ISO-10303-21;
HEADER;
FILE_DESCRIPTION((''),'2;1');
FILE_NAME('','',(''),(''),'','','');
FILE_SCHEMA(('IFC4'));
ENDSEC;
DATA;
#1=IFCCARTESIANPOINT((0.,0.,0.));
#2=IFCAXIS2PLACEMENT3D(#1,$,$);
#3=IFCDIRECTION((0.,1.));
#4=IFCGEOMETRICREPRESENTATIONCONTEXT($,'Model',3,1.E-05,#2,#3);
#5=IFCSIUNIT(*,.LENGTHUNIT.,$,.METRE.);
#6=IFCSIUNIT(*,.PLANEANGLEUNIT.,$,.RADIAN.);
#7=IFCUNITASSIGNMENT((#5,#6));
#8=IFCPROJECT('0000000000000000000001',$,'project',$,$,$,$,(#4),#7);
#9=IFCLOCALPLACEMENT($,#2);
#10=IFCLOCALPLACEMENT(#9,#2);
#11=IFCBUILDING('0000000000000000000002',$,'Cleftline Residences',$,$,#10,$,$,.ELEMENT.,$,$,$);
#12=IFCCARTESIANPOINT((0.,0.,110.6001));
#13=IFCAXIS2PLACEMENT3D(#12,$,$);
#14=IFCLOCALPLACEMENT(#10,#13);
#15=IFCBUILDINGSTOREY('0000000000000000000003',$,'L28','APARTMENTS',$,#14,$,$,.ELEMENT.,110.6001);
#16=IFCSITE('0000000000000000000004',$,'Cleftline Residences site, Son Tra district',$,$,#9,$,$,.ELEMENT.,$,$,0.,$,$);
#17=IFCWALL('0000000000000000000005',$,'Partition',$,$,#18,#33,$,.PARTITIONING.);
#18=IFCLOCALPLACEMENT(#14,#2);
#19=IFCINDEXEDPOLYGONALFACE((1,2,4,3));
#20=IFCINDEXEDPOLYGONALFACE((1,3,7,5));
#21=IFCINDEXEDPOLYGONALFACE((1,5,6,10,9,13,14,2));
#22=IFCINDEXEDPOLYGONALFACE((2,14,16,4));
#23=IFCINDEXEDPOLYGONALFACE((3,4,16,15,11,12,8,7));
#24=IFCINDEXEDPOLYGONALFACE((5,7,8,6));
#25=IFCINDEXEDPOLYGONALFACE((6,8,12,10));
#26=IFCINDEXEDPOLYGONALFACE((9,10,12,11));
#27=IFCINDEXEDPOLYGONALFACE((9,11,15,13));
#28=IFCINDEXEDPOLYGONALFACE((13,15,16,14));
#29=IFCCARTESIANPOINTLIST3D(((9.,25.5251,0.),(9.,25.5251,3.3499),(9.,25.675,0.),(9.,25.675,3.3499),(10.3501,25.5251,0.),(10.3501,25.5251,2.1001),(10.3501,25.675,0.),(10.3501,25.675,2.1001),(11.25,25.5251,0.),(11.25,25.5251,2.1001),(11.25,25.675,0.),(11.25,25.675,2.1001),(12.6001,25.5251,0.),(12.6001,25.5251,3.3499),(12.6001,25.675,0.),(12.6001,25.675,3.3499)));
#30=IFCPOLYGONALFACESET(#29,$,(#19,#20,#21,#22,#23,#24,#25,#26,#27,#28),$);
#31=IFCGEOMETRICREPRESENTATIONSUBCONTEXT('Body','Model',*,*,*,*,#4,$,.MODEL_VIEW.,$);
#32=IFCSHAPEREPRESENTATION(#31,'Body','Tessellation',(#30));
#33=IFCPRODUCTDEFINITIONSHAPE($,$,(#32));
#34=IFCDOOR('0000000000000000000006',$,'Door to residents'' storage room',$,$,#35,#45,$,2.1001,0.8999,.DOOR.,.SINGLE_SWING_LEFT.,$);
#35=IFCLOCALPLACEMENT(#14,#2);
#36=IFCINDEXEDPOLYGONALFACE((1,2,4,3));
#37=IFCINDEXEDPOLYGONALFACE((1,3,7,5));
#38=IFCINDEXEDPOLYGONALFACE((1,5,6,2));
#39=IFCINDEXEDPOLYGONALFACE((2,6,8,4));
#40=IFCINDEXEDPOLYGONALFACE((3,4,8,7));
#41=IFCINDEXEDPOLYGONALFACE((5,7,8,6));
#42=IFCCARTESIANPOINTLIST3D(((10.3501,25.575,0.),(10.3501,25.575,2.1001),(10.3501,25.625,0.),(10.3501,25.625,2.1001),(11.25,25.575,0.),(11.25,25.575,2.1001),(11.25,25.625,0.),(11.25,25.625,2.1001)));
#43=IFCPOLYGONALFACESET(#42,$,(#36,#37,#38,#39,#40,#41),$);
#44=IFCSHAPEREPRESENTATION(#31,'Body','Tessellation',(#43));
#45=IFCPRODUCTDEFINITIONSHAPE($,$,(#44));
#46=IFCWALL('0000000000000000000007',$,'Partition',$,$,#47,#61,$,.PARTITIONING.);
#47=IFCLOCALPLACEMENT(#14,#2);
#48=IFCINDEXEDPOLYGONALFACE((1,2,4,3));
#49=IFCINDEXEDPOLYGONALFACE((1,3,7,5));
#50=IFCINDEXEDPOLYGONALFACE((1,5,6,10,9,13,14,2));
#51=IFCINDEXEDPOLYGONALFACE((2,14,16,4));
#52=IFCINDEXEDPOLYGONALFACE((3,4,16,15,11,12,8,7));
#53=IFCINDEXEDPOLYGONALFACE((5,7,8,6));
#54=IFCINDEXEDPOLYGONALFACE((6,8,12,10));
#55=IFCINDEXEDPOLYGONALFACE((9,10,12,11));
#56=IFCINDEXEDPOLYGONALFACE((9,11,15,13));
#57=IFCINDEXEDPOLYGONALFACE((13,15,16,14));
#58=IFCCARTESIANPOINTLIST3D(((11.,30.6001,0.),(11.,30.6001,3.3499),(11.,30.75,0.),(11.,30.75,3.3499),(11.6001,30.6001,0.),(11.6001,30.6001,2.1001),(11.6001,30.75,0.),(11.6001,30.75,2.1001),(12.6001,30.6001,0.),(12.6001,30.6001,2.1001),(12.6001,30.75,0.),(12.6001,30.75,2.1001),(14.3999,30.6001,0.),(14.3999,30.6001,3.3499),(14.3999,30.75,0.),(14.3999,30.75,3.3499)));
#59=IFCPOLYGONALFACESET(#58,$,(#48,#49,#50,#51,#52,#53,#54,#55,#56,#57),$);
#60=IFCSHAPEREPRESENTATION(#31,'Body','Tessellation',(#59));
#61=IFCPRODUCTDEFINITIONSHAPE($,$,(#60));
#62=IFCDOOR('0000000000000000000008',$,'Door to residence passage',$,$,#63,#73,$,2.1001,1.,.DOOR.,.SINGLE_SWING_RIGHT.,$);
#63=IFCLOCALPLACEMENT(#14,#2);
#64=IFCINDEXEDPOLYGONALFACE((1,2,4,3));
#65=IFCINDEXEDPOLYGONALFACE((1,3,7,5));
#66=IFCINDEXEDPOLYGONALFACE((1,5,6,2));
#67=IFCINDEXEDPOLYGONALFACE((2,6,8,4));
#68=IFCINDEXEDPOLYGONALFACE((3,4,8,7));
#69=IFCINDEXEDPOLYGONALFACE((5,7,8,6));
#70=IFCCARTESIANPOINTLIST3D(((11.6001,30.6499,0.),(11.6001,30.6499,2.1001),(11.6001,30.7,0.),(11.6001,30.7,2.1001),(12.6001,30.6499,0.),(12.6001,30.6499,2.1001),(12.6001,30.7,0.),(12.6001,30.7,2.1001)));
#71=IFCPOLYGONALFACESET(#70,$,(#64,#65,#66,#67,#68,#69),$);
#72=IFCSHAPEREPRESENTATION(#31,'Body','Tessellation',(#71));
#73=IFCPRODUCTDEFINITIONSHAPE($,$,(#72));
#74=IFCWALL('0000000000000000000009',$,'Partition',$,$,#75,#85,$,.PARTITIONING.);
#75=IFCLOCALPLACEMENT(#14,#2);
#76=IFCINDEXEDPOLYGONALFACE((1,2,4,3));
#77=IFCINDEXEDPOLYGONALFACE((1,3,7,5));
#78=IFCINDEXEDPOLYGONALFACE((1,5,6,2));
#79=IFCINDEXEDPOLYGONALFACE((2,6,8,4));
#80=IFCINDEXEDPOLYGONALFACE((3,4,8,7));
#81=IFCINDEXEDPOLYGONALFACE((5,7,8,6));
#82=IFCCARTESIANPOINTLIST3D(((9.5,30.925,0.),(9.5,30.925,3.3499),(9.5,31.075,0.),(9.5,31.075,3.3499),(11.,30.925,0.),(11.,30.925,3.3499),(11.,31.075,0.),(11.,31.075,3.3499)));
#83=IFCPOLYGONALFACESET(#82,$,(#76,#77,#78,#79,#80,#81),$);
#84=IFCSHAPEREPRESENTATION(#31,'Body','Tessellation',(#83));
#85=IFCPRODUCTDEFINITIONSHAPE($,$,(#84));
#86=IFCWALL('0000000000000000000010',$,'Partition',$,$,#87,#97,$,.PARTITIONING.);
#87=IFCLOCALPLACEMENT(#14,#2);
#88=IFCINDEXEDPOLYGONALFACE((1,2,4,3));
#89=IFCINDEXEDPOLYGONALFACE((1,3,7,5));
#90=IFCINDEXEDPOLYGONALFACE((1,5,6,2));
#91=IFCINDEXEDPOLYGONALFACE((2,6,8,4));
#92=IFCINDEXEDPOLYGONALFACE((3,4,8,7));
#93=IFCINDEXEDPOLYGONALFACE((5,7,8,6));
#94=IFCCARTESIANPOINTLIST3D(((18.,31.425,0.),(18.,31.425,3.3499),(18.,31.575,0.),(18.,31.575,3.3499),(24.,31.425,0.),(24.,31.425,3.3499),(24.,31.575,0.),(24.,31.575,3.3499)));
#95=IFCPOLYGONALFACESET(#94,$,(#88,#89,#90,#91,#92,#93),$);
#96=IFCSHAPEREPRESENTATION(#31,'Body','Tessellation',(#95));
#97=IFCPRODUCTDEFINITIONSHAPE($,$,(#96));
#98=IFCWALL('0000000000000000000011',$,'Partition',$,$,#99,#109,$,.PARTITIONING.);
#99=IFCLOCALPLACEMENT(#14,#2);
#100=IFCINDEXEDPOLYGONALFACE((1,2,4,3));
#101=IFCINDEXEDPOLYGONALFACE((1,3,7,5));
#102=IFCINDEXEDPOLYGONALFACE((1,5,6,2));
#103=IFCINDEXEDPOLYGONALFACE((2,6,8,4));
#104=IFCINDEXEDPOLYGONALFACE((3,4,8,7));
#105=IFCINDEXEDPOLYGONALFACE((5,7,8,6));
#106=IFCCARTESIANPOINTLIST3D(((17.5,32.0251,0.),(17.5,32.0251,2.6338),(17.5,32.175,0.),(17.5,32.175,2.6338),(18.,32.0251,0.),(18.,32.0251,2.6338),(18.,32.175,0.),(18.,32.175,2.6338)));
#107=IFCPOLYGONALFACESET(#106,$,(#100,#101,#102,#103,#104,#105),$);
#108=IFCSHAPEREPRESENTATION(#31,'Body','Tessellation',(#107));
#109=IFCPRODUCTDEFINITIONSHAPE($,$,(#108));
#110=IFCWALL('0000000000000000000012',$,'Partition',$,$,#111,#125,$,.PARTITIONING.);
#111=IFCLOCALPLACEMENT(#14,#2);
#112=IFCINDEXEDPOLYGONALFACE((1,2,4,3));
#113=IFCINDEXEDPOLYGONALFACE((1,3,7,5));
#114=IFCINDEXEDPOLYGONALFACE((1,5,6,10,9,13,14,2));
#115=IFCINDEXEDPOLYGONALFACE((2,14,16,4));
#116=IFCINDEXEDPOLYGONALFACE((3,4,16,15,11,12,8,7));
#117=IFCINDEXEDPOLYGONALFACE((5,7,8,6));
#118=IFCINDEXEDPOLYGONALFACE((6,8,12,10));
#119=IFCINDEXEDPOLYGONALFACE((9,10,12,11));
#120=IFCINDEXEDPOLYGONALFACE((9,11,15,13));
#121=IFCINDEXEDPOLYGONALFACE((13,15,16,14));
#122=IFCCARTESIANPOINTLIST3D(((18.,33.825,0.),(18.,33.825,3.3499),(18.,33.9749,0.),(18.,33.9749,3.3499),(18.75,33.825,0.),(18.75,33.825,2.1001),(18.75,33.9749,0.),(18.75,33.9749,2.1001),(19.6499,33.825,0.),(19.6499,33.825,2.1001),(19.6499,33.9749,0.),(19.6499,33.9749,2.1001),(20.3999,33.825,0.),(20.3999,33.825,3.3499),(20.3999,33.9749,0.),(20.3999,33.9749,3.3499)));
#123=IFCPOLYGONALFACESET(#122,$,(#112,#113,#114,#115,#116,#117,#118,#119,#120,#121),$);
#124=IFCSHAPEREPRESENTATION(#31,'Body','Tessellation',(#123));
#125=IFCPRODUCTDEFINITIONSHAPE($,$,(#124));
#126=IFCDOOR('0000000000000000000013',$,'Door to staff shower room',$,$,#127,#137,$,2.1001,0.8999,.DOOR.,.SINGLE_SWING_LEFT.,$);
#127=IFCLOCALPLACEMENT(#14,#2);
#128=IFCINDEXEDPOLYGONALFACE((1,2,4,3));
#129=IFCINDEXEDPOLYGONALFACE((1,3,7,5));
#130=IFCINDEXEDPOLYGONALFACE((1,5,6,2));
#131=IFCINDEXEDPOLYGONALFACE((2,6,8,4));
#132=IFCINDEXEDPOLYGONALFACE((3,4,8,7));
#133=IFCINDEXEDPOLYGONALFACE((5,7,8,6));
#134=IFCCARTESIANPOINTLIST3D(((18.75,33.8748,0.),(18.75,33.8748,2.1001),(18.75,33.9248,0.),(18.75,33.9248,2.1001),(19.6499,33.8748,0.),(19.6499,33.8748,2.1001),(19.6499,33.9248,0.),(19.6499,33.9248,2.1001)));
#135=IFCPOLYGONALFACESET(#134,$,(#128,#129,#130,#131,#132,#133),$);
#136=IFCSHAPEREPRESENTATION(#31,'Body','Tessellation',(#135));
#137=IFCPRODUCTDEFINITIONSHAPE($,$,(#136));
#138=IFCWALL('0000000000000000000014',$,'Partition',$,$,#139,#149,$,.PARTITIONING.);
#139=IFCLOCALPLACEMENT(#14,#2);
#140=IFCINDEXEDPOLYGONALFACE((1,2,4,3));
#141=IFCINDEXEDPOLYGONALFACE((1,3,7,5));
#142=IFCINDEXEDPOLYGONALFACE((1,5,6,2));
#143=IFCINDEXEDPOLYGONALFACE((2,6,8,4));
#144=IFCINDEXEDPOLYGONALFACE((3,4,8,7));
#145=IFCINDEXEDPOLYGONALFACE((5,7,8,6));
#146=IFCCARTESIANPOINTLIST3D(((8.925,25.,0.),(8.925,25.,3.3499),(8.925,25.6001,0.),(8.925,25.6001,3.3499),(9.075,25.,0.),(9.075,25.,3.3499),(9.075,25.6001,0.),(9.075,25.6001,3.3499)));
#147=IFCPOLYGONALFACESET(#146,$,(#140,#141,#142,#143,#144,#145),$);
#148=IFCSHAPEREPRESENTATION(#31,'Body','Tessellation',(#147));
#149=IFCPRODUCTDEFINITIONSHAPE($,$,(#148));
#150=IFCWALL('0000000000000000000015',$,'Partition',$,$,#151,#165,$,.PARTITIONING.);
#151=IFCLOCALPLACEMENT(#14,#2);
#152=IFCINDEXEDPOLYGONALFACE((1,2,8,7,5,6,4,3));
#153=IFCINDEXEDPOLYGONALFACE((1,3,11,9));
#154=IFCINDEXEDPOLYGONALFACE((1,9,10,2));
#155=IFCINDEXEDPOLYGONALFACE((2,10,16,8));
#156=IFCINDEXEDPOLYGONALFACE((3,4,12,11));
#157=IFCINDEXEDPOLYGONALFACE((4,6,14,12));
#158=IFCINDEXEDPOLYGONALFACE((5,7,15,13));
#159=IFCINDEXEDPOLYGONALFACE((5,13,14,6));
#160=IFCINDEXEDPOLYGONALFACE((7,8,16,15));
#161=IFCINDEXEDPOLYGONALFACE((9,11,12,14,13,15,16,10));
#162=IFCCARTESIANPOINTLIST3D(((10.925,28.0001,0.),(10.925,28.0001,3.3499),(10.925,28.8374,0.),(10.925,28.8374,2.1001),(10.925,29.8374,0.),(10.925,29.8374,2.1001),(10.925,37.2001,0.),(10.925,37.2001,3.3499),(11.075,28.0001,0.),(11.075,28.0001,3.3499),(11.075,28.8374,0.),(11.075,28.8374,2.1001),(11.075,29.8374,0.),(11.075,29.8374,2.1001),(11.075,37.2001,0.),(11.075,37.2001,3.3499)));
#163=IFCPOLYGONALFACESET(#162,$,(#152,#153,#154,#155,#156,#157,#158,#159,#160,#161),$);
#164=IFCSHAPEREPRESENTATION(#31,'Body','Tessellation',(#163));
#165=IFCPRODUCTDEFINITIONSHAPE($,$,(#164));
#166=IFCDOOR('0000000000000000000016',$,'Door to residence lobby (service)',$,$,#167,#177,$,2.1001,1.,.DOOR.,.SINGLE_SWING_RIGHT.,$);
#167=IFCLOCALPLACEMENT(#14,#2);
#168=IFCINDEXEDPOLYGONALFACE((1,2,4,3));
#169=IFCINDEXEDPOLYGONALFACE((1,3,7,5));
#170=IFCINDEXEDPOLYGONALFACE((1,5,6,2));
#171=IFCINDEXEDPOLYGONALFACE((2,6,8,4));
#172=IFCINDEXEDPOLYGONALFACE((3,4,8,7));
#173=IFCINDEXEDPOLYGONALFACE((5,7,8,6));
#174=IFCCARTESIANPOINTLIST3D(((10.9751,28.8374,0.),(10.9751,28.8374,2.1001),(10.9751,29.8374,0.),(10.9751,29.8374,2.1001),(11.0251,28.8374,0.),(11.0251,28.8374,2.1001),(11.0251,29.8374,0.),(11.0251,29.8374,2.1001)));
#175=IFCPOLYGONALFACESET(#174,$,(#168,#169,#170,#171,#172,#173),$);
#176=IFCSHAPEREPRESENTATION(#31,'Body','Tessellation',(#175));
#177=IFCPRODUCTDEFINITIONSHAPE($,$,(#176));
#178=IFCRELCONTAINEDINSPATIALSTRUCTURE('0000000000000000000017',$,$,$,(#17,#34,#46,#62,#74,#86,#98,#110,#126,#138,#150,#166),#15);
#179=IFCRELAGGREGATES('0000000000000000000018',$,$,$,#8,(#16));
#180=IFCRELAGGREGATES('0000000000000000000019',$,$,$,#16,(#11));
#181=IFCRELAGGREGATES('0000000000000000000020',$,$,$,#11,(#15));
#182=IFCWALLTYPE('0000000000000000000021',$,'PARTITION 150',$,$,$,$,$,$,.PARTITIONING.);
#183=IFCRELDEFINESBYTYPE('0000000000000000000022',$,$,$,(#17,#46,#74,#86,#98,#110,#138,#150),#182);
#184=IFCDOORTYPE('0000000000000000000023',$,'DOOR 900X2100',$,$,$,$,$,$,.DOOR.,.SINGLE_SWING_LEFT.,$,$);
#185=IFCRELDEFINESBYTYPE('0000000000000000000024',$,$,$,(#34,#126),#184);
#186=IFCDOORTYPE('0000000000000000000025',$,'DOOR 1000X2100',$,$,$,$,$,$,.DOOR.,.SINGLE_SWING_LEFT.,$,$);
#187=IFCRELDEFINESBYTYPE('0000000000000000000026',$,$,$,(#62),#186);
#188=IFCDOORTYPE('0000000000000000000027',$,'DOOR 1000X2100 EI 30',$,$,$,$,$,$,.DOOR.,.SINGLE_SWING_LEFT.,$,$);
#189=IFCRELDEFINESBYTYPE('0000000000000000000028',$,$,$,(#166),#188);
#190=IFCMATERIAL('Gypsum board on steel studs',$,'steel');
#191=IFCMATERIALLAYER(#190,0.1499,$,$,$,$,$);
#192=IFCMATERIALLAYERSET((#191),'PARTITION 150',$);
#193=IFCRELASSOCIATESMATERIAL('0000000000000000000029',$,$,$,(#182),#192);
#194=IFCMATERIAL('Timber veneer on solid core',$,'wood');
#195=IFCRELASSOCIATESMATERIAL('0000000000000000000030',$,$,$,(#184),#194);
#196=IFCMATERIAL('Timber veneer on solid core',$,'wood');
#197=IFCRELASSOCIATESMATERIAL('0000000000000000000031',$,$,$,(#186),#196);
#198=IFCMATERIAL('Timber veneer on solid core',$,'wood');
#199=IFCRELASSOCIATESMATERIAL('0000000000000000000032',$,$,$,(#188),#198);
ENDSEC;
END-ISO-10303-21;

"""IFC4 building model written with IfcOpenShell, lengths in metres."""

from ifc_helpers import new_model, si_unit, direction, frame, frame_2d, origin, place, context, subcontext, project, spatial, rectangle, extrude, material, layer, layer_set, type_object, element, fill, save


model = new_model("IFC4")

# Units and contexts
model_context = context("Model", 3, precision=1e-05, world=origin(), true_north=direction((0.0, 1.0)))
body_context = subcontext(model_context, "Body", "Model", "MODEL_VIEW")
ifc_project = project(units=[si_unit("LENGTHUNIT", "METRE"), si_unit("PLANEANGLEUNIT", "RADIAN")], contexts=[model_context])

# Site, building, storey
site_placement = place(None, origin())
site = spatial("IfcSite", under=ifc_project, at=site_placement, Name="Cleftline Residences site, Son Tra district", CompositionType="ELEMENT", RefElevation=0.0)
building_placement = place(site_placement, origin())
building = spatial("IfcBuilding", under=site, at=building_placement, Name="Cleftline Residences", CompositionType="ELEMENT")
storey_placement = place(building_placement, frame((0.0, 0.0, 110.6001)))
storey = spatial("IfcBuildingStorey", under=building, at=storey_placement, Name="L28", Description="APARTMENTS", CompositionType="ELEMENT", Elevation=110.6001)

# Walls, openings, doors
ifc_material_1 = material(Name="Gypsum board on steel studs", Category="steel")
ifc_layer_1 = layer(ifc_material_1, 0.1499)
ifc_layer_set_1 = layer_set([ifc_layer_1], Name="PARTITION 150")
wall_type_1 = type_object("IfcWallType", Name="PARTITION 150", PredefinedType="PARTITIONING", material=ifc_layer_set_1)
wall_1_placement = place(storey_placement, frame((9.0, 25.6001, 0.0), z_axis=(0.0, 0.0, 1.0), x_axis=(1.0, 0.0, 0.0)))
wall_1 = element("IfcWall", 1, at=wall_1_placement, inside=storey, type_object=wall_type_1, Name="Partition", PredefinedType="PARTITIONING", context=body_context, shape_type="SweptSolid", body=[
    extrude(rectangle(XDim=3.6001, YDim=0.1499, at=frame_2d((1.8, 0.0))), origin(), (0.0, 0.0, 1.0), 3.3499),
])
opening_1_placement = place(wall_1_placement, frame((1.3501, 0.0, 0.0)))
opening_1 = element("IfcOpeningElement", 2, at=opening_1_placement, cuts=wall_1, PredefinedType="OPENING", context=body_context, shape_type="SweptSolid", body=[
    extrude(rectangle(XDim=0.8999, YDim=2.1001, at=frame_2d((0.45, 1.05))), frame((0.0, 0.085, 0.0), z_axis=(0.0, -1.0, 0.0), x_axis=(1.0, 0.0, 0.0)), (0.0, 0.0, 1.0), 0.1699),
])
ifc_material_2 = material(Name="Timber veneer on solid core", Category="wood")
door_type_1 = type_object("IfcDoorType", Name="DOOR 900X2100", OperationType="SINGLE_SWING_LEFT", PredefinedType="DOOR", material=ifc_material_2)
door_1_placement = place(opening_1_placement, origin())
door_1 = element("IfcDoor", 3, at=door_1_placement, inside=storey, type_object=door_type_1, Name="Door to residents' storage room", OperationType="SINGLE_SWING_LEFT", OverallHeight=2.1001, OverallWidth=0.8999, PredefinedType="DOOR", context=body_context, shape_type="SweptSolid", body=[
    extrude(rectangle(XDim=0.8999, YDim=2.1001, at=frame_2d((0.45, 1.05))), frame((0.0, 0.0249, 0.0), z_axis=(0.0, -1.0, 0.0), x_axis=(1.0, 0.0, 0.0)), (0.0, 0.0, 1.0), 0.05),
])
fill(opening_1, door_1)
wall_2_placement = place(storey_placement, frame((11.0, 30.675, 0.0), z_axis=(0.0, 0.0, 1.0), x_axis=(1.0, 0.0, 0.0)))
wall_2 = element("IfcWall", 4, at=wall_2_placement, inside=storey, type_object=wall_type_1, Name="Partition", PredefinedType="PARTITIONING", context=body_context, shape_type="SweptSolid", body=[
    extrude(rectangle(XDim=3.3999, YDim=0.1499, at=frame_2d((1.7, 0.0))), origin(), (0.0, 0.0, 1.0), 3.3499),
])
opening_2_placement = place(wall_2_placement, frame((0.6001, 0.0, 0.0)))
opening_2 = element("IfcOpeningElement", 5, at=opening_2_placement, cuts=wall_2, PredefinedType="OPENING", context=body_context, shape_type="SweptSolid", body=[
    extrude(rectangle(XDim=1.0, YDim=2.1001, at=frame_2d((0.5, 1.05))), frame((0.0, 0.085, 0.0), z_axis=(0.0, -1.0, 0.0), x_axis=(1.0, 0.0, 0.0)), (0.0, 0.0, 1.0), 0.1699),
])
ifc_material_3 = material(Name="Timber veneer on solid core", Category="wood")
door_type_2 = type_object("IfcDoorType", Name="DOOR 1000X2100", OperationType="SINGLE_SWING_LEFT", PredefinedType="DOOR", material=ifc_material_3)
door_2_placement = place(opening_2_placement, origin())
door_2 = element("IfcDoor", 6, at=door_2_placement, inside=storey, type_object=door_type_2, Name="Door to residence passage", OperationType="SINGLE_SWING_RIGHT", OverallHeight=2.1001, OverallWidth=1.0, PredefinedType="DOOR", context=body_context, shape_type="SweptSolid", body=[
    extrude(rectangle(XDim=1.0, YDim=2.1001, at=frame_2d((0.5, 1.05))), frame((0.0, 0.0249, 0.0), z_axis=(0.0, -1.0, 0.0), x_axis=(1.0, 0.0, 0.0)), (0.0, 0.0, 1.0), 0.05),
])
fill(opening_2, door_2)

# Walls
wall_3_placement = place(storey_placement, frame((9.5, 31.0, 0.0), z_axis=(0.0, 0.0, 1.0), x_axis=(1.0, 0.0, 0.0)))
element("IfcWall", 7, at=wall_3_placement, inside=storey, type_object=wall_type_1, Name="Partition", PredefinedType="PARTITIONING", context=body_context, shape_type="SweptSolid", body=[
    extrude(rectangle(XDim=1.5, YDim=0.1499, at=frame_2d((0.75, 0.0))), origin(), (0.0, 0.0, 1.0), 3.3499),
])
wall_4_placement = place(storey_placement, frame((18.0, 31.5, 0.0), z_axis=(0.0, 0.0, 1.0), x_axis=(1.0, 0.0, 0.0)))
element("IfcWall", 8, at=wall_4_placement, inside=storey, type_object=wall_type_1, Name="Partition", PredefinedType="PARTITIONING", context=body_context, shape_type="SweptSolid", body=[
    extrude(rectangle(XDim=6.0, YDim=0.1499, at=frame_2d((3.0, 0.0))), origin(), (0.0, 0.0, 1.0), 3.3499),
])
wall_5_placement = place(storey_placement, frame((17.5, 32.1001, 0.0), z_axis=(0.0, 0.0, 1.0), x_axis=(1.0, 0.0, 0.0)))
element("IfcWall", 9, at=wall_5_placement, inside=storey, type_object=wall_type_1, Name="Partition", PredefinedType="PARTITIONING", context=body_context, shape_type="SweptSolid", body=[
    extrude(rectangle(XDim=0.5, YDim=0.1499, at=frame_2d((0.25, 0.0))), origin(), (0.0, 0.0, 1.0), 2.6338),
])

# Wall, opening, door
wall_6_placement = place(storey_placement, frame((18.0, 33.8999, 0.0), z_axis=(0.0, 0.0, 1.0), x_axis=(1.0, 0.0, 0.0)))
wall_6 = element("IfcWall", 10, at=wall_6_placement, inside=storey, type_object=wall_type_1, Name="Partition", PredefinedType="PARTITIONING", context=body_context, shape_type="SweptSolid", body=[
    extrude(rectangle(XDim=2.3999, YDim=0.1499, at=frame_2d((1.2, 0.0))), origin(), (0.0, 0.0, 1.0), 3.3499),
])
opening_3_placement = place(wall_6_placement, frame((0.75, 0.0, 0.0)))
opening_3 = element("IfcOpeningElement", 11, at=opening_3_placement, cuts=wall_6, PredefinedType="OPENING", context=body_context, shape_type="SweptSolid", body=[
    extrude(rectangle(XDim=0.8999, YDim=2.1001, at=frame_2d((0.45, 1.05))), frame((0.0, 0.085, 0.0), z_axis=(0.0, -1.0, 0.0), x_axis=(1.0, 0.0, 0.0)), (0.0, 0.0, 1.0), 0.1699),
])
door_3_placement = place(opening_3_placement, origin())
door_3 = element("IfcDoor", 12, at=door_3_placement, inside=storey, type_object=door_type_1, Name="Door to staff shower room", OperationType="SINGLE_SWING_LEFT", OverallHeight=2.1001, OverallWidth=0.8999, PredefinedType="DOOR", context=body_context, shape_type="SweptSolid", body=[
    extrude(rectangle(XDim=0.8999, YDim=2.1001, at=frame_2d((0.45, 1.05))), frame((0.0, 0.0249, 0.0), z_axis=(0.0, -1.0, 0.0), x_axis=(1.0, 0.0, 0.0)), (0.0, 0.0, 1.0), 0.05),
])
fill(opening_3, door_3)

# Wall
wall_7_placement = place(storey_placement, frame((9.0, 25.0, 0.0), z_axis=(0.0, 0.0, 1.0), x_axis=(0.0, 1.0, 0.0)))
element("IfcWall", 13, at=wall_7_placement, inside=storey, type_object=wall_type_1, Name="Partition", PredefinedType="PARTITIONING", context=body_context, shape_type="SweptSolid", body=[
    extrude(rectangle(XDim=0.6001, YDim=0.1499, at=frame_2d((0.3, 0.0))), origin(), (0.0, 0.0, 1.0), 3.3499),
])

# Wall, opening, door
wall_8_placement = place(storey_placement, frame((11.0, 28.0, 0.0), z_axis=(0.0, 0.0, 1.0), x_axis=(0.0, 1.0, 0.0)))
wall_8 = element("IfcWall", 14, at=wall_8_placement, inside=storey, type_object=wall_type_1, Name="Partition", PredefinedType="PARTITIONING", context=body_context, shape_type="SweptSolid", body=[
    extrude(rectangle(XDim=9.2, YDim=0.1499, at=frame_2d((4.6001, 0.0))), origin(), (0.0, 0.0, 1.0), 3.3499),
])
opening_4_placement = place(wall_8_placement, frame((0.8374, 0.0, 0.0)))
opening_4 = element("IfcOpeningElement", 15, at=opening_4_placement, cuts=wall_8, PredefinedType="OPENING", context=body_context, shape_type="SweptSolid", body=[
    extrude(rectangle(XDim=1.0, YDim=2.1001, at=frame_2d((0.5, 1.05))), frame((0.0, 0.085, 0.0), z_axis=(0.0, -1.0, 0.0), x_axis=(1.0, 0.0, 0.0)), (0.0, 0.0, 1.0), 0.1699),
])
ifc_material_4 = material(Name="Timber veneer on solid core", Category="wood")
door_type_3 = type_object("IfcDoorType", Name="DOOR 1000X2100 EI 30", OperationType="SINGLE_SWING_LEFT", PredefinedType="DOOR", material=ifc_material_4)
door_4_placement = place(opening_4_placement, origin())
door_4 = element("IfcDoor", 16, at=door_4_placement, inside=storey, type_object=door_type_3, Name="Door to residence lobby (service)", OperationType="SINGLE_SWING_RIGHT", OverallHeight=2.1001, OverallWidth=1.0, PredefinedType="DOOR", context=body_context, shape_type="SweptSolid", body=[
    extrude(rectangle(XDim=1.0, YDim=2.1001, at=frame_2d((0.5, 1.05))), frame((0.0, 0.0249, 0.0), z_axis=(0.0, -1.0, 0.0), x_axis=(1.0, 0.0, 0.0)), (0.0, 0.0, 1.0), 0.05),
])
fill(opening_4, door_4)

save(model, "model.ifc")
